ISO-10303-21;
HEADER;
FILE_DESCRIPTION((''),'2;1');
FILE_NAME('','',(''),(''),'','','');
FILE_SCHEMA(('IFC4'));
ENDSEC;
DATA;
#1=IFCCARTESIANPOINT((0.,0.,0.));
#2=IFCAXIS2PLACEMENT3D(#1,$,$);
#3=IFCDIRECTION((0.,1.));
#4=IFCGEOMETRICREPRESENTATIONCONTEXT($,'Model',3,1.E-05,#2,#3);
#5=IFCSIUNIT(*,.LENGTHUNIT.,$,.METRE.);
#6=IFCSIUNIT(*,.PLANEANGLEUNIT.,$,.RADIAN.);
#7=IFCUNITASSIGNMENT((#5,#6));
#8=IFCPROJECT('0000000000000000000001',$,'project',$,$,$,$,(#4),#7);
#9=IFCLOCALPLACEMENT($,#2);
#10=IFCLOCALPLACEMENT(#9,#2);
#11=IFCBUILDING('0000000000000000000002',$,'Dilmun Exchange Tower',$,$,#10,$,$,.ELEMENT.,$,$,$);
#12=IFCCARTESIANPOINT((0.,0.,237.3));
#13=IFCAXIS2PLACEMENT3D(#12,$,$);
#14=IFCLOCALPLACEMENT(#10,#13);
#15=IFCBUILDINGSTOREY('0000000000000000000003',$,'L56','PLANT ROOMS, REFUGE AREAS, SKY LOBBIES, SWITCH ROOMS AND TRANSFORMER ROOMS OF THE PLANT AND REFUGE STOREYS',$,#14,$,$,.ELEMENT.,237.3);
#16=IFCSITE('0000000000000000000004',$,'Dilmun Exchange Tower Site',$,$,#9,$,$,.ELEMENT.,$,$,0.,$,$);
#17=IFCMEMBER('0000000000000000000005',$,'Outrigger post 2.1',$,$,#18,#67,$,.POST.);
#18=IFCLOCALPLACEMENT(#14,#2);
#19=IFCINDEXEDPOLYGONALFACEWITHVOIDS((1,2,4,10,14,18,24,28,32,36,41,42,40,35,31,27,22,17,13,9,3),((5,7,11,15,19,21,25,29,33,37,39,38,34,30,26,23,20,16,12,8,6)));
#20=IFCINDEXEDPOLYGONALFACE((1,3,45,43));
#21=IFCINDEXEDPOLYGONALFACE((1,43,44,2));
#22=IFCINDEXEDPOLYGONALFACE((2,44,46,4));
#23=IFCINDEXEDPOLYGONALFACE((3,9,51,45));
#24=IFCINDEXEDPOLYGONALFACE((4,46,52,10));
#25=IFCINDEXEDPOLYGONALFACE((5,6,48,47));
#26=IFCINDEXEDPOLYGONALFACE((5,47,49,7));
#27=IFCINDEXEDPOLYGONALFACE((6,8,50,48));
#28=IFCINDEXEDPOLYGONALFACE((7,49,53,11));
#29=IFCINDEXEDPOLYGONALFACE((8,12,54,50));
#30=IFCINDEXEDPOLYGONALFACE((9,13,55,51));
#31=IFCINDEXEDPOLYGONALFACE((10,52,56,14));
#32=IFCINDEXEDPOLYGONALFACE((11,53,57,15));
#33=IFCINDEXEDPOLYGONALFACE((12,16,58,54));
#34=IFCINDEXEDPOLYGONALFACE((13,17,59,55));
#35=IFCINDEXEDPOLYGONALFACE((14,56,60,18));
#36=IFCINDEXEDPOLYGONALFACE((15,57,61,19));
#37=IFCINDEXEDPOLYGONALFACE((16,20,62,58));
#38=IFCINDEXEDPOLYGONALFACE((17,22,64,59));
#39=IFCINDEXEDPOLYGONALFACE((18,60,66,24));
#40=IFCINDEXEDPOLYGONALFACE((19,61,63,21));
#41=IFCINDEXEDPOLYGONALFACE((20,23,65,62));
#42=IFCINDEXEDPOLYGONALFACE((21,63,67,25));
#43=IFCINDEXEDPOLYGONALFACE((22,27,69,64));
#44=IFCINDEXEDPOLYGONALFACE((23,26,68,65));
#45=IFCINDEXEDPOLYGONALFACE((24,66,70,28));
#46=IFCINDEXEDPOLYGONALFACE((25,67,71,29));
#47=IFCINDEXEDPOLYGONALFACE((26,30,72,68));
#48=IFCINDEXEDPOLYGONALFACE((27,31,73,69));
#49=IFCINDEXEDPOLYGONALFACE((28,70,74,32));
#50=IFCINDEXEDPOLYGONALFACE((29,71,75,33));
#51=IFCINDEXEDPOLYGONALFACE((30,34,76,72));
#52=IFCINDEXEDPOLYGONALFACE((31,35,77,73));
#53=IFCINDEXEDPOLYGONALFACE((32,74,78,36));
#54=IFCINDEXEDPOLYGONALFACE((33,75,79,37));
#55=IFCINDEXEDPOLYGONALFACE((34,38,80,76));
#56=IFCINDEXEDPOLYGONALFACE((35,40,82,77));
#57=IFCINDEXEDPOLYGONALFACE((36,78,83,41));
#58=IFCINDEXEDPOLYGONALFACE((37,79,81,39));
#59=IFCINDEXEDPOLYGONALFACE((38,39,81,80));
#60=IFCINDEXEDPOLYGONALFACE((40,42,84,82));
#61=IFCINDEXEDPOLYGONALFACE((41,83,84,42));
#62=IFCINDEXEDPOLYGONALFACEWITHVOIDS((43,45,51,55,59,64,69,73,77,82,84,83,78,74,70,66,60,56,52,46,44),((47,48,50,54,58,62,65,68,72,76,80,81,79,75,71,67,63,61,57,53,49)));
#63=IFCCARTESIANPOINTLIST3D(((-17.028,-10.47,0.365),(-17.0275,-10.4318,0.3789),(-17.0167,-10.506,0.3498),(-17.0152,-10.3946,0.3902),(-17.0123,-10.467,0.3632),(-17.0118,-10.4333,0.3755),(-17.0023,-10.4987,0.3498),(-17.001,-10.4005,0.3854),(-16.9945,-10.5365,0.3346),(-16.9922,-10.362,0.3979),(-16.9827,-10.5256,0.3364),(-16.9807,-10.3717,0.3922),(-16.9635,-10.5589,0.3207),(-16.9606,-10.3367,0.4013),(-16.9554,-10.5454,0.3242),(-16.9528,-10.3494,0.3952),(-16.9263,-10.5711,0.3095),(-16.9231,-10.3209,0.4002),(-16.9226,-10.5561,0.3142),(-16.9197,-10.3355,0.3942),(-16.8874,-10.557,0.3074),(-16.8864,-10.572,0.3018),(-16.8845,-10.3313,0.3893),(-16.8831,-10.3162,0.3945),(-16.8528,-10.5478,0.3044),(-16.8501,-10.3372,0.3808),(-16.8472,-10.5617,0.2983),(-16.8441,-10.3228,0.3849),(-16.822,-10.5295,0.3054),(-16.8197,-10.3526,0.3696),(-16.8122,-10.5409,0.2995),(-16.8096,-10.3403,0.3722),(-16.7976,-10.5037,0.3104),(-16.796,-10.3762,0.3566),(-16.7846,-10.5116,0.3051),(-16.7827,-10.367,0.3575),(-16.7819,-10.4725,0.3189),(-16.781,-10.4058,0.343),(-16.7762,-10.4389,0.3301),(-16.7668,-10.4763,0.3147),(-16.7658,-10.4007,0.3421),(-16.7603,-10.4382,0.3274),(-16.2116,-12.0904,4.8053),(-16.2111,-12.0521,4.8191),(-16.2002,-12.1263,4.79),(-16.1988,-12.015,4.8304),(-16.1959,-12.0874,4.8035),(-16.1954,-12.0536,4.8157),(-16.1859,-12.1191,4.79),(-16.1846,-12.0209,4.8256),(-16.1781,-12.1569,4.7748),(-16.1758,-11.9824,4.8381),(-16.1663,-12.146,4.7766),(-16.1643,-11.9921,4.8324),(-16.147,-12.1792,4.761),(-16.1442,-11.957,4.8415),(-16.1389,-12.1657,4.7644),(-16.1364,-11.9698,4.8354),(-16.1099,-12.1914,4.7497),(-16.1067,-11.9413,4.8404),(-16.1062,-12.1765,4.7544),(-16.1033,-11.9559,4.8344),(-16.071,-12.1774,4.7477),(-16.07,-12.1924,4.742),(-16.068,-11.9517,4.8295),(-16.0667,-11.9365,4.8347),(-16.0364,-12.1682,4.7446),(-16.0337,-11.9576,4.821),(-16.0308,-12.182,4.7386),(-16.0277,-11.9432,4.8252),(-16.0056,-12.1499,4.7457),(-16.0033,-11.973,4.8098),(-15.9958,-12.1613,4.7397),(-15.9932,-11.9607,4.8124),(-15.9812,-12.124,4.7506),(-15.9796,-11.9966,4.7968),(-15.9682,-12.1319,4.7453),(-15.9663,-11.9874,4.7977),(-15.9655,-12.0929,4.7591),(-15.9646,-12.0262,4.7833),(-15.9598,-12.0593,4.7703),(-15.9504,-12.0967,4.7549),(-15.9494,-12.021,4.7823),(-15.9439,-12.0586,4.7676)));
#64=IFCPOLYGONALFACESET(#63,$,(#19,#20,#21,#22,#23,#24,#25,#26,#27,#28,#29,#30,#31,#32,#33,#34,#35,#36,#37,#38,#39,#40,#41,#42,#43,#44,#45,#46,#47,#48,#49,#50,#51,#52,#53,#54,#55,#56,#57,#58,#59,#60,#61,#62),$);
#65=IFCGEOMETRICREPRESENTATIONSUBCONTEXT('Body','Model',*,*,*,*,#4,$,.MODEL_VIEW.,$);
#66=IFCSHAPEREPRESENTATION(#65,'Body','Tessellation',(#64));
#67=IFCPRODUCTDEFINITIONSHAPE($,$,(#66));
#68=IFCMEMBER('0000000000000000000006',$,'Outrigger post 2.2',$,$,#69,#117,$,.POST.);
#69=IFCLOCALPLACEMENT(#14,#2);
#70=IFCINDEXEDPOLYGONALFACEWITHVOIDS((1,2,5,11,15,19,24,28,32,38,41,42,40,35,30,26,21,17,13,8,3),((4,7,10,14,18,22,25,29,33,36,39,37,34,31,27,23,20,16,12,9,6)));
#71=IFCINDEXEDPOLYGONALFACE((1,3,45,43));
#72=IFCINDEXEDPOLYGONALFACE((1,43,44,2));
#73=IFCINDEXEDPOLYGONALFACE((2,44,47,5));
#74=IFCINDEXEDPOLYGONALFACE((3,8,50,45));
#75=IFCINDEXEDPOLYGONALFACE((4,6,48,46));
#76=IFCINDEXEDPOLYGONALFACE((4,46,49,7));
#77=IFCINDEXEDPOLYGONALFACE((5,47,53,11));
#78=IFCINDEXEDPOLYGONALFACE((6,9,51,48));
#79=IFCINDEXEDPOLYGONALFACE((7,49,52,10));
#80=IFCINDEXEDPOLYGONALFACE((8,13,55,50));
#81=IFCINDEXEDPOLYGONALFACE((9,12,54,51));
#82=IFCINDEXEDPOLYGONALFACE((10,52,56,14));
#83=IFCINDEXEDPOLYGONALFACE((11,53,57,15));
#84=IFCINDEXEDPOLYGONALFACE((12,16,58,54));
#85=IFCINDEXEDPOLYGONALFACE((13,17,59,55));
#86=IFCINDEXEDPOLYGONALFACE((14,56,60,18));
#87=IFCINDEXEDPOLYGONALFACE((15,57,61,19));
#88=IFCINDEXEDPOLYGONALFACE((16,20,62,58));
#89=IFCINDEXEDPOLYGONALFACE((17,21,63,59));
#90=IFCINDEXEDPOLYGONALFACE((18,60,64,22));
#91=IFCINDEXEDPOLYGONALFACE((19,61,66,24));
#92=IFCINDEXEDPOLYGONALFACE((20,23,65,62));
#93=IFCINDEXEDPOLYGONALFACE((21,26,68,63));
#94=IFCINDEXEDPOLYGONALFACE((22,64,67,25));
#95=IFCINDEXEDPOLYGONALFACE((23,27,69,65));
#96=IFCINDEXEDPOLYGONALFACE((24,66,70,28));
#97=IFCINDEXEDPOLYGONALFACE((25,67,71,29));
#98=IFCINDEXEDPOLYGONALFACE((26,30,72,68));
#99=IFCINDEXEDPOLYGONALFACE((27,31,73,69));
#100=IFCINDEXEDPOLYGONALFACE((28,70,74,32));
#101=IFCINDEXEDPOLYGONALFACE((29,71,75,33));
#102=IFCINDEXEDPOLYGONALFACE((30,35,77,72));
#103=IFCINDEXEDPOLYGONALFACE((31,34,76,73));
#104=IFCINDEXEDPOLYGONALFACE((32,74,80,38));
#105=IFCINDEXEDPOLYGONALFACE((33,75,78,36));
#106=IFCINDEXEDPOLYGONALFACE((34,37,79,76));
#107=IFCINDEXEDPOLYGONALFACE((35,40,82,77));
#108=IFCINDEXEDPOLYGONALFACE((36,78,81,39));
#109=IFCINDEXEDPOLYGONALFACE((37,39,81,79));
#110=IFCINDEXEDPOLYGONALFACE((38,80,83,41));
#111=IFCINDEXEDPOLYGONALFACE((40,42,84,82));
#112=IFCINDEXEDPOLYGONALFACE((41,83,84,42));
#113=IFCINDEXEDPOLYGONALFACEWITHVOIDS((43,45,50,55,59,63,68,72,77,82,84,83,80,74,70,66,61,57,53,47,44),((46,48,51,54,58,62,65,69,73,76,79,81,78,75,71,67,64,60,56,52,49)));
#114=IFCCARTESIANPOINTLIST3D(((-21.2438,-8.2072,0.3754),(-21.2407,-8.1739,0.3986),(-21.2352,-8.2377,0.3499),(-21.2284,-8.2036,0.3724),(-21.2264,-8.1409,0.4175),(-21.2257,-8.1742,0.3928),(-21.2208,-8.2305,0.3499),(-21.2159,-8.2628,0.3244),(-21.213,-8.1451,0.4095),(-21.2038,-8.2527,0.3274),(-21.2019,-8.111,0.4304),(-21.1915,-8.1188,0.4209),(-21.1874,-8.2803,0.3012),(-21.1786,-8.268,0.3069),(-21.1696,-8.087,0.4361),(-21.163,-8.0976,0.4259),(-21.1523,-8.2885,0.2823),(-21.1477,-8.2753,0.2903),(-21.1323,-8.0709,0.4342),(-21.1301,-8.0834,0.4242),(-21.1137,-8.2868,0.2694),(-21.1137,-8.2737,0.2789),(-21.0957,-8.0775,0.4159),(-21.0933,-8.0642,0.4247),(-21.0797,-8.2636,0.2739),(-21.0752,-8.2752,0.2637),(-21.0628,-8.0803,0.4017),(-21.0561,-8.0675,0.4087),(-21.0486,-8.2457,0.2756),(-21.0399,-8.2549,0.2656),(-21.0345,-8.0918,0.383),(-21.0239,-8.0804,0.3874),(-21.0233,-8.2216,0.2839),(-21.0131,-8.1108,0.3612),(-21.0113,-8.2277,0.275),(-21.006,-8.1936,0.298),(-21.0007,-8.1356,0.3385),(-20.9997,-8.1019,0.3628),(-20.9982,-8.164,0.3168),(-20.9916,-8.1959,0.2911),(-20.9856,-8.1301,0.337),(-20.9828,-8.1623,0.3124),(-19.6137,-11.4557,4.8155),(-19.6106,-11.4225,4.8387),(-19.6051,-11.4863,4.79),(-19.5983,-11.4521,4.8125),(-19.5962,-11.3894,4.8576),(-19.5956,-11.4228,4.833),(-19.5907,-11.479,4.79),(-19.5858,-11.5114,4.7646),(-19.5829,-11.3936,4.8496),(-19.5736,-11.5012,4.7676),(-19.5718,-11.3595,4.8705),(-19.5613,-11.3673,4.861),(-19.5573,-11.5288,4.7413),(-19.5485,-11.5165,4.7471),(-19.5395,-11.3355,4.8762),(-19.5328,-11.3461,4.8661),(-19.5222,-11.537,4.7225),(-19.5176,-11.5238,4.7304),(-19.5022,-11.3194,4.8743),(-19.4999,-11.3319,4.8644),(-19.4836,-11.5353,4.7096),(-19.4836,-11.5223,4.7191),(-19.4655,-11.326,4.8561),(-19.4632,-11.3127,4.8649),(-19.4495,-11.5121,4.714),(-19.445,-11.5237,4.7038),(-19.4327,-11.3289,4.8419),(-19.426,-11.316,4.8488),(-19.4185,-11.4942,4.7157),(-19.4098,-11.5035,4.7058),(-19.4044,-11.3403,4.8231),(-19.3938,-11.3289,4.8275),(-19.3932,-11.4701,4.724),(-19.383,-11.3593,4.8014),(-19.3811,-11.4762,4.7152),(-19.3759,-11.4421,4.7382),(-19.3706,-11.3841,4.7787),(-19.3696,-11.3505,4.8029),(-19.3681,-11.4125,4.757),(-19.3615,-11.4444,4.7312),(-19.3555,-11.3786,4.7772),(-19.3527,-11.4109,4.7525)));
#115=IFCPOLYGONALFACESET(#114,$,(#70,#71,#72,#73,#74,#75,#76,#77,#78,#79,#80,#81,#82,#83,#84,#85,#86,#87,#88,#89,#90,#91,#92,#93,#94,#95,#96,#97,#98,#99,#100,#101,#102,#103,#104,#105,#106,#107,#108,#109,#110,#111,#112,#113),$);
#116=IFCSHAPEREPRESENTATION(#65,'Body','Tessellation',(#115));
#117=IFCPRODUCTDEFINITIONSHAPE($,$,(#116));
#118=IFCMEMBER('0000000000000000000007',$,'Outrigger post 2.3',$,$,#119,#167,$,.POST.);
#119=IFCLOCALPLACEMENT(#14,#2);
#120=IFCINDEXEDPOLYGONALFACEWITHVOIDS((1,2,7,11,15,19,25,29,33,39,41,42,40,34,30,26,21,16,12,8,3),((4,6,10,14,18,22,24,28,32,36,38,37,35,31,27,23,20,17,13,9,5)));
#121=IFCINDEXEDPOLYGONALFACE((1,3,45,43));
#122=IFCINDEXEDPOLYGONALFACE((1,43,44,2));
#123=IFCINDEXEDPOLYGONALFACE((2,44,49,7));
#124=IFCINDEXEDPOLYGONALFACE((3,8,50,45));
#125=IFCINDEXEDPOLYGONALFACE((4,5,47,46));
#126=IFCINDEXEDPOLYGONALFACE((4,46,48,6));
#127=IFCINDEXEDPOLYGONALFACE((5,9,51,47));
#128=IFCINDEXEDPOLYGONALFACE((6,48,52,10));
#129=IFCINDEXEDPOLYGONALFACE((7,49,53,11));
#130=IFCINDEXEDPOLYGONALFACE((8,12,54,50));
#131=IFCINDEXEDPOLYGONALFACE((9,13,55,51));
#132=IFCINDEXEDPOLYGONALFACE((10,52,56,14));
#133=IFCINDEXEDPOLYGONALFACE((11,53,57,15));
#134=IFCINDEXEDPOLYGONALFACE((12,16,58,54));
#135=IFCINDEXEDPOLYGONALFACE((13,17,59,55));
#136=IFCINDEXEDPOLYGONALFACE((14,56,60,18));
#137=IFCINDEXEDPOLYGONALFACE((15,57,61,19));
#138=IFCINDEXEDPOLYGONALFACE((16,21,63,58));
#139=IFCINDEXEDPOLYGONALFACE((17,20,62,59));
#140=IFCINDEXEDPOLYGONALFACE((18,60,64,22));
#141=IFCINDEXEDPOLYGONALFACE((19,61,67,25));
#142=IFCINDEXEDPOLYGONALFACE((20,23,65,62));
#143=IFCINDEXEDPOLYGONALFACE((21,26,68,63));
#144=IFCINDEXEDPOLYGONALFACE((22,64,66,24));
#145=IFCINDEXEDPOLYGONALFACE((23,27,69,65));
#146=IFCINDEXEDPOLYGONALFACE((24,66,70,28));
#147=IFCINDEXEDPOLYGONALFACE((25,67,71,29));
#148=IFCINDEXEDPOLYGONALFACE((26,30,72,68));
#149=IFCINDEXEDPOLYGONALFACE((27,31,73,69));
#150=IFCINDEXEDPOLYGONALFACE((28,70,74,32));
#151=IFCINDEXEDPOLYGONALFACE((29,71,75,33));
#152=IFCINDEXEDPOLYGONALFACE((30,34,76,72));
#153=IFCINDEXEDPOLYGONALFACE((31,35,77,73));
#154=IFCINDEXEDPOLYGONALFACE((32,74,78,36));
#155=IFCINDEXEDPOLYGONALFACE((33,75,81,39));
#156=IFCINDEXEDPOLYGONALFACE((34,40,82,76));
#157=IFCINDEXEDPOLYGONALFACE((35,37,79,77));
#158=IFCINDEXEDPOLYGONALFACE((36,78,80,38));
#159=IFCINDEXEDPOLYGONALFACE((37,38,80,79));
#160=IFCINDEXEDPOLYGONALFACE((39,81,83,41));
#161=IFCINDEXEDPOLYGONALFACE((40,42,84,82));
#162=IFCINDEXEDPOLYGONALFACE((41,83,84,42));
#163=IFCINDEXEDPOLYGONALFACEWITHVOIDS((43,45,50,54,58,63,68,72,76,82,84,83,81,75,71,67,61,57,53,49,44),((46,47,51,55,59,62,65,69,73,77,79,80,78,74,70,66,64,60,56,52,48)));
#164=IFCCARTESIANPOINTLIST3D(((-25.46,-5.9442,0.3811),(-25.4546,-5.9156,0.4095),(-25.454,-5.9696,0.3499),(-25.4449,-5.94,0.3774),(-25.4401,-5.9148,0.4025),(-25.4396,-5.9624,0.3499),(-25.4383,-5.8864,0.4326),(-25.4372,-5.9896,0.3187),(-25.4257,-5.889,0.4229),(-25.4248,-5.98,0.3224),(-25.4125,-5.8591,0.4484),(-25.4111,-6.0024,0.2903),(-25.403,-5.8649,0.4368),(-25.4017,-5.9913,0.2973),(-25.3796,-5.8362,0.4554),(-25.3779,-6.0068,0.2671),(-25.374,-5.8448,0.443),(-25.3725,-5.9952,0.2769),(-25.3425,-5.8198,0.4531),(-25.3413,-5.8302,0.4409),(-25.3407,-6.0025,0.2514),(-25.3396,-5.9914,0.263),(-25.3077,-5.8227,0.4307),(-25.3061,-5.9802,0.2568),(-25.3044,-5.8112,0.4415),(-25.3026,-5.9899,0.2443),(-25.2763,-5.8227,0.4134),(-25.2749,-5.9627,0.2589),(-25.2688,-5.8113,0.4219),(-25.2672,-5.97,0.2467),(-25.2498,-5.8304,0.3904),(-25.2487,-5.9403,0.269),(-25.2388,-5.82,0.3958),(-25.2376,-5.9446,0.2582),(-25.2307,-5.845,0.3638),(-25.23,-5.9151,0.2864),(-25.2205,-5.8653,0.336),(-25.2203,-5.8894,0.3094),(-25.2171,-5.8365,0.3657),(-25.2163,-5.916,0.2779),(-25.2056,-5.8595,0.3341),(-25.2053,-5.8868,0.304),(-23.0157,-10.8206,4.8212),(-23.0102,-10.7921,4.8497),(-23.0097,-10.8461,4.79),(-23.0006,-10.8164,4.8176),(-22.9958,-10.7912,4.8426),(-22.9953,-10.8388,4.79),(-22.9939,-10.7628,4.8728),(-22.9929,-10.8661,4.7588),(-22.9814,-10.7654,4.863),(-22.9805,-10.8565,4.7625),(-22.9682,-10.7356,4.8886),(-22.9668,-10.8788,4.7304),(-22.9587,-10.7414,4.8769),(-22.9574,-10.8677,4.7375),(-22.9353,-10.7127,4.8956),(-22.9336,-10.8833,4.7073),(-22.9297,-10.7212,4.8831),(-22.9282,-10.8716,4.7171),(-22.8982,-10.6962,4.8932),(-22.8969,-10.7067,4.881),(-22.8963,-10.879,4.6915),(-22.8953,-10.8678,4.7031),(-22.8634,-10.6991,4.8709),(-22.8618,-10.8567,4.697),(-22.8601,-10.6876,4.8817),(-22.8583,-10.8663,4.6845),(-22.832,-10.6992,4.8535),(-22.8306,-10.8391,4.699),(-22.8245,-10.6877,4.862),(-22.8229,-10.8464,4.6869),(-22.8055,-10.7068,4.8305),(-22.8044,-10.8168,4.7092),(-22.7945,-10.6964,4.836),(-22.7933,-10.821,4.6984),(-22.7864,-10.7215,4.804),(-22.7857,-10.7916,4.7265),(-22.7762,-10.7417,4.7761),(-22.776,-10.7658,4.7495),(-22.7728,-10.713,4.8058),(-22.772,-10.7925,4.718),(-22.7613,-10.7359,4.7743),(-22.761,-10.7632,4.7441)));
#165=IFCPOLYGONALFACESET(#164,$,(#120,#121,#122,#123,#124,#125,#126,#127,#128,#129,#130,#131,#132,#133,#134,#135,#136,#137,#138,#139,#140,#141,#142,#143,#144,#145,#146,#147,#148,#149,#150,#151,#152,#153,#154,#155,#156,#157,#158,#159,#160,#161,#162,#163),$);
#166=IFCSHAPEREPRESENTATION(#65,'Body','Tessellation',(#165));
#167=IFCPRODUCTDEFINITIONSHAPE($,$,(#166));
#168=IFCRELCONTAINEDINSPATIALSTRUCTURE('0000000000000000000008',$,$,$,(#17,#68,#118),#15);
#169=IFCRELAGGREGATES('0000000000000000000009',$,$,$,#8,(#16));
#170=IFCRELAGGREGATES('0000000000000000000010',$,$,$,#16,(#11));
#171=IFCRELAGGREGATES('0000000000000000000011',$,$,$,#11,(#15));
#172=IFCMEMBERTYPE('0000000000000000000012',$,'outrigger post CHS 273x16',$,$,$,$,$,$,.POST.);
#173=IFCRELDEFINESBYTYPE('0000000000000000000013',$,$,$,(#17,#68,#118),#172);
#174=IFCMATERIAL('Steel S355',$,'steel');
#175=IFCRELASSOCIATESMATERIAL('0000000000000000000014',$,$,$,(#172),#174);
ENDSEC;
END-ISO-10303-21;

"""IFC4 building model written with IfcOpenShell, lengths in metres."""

from ifc_helpers import new_model, si_unit, direction, frame, origin, origin_2d, place, context, subcontext, project, spatial, hollow_circle, extrude, material, material_profile, profile_set, type_object, element, save


model = new_model("IFC4")

# Units and contexts
model_context = context("Model", 3, precision=1e-05, world=origin(), true_north=direction((0.0, 1.0)))
body_context = subcontext(model_context, "Body", "Model", "MODEL_VIEW")
ifc_project = project(units=[si_unit("LENGTHUNIT", "METRE"), si_unit("PLANEANGLEUNIT", "RADIAN")], contexts=[model_context])

# Site, building, storey
site_placement = place(None, origin())
site = spatial("IfcSite", under=ifc_project, at=site_placement, Name="Dilmun Exchange Tower Site", CompositionType="ELEMENT", RefElevation=0.0)
building_placement = place(site_placement, origin())
building = spatial("IfcBuilding", under=site, at=building_placement, Name="Dilmun Exchange Tower", CompositionType="ELEMENT")
storey_placement = place(building_placement, frame((0.0, 0.0, 237.3)))
storey = spatial("IfcBuildingStorey", under=building, at=storey_placement, Name="L56", Description="PLANT ROOMS, REFUGE AREAS, SKY LOBBIES, SWITCH ROOMS AND TRANSFORMER ROOMS OF THE PLANT AND REFUGE STOREYS", CompositionType="ELEMENT", Elevation=237.3)

# Members
ifc_material_1 = material(Name="Steel S355", Category="steel")
ifc_material_profile_1 = material_profile(ifc_material_1, hollow_circle(Radius=0.1365, WallThickness=0.0161, at=origin_2d()), Name="CHS 273x16")
ifc_profile_set_1 = profile_set([ifc_material_profile_1], Name="Steel S355")
member_type_1 = type_object("IfcMemberType", Name="outrigger post CHS 273x16", PredefinedType="POST", material=ifc_profile_set_1)
member_1_placement = place(storey_placement, frame((-16.0784, -12.0649, 4.79), z_axis=(-0.170205, 0.337815, -0.925695), x_axis=(-0.893051, -0.449956, 0.0)))
element("IfcMember", 1, at=member_1_placement, inside=storey, type_object=member_type_1, Name="Outrigger post 2.1", PredefinedType="POST", context=body_context, shape_type="SweptSolid", body=[
    extrude(hollow_circle(Radius=0.1365, WallThickness=0.0161, at=origin_2d()), origin(), (0.0, 0.0, 1.0), 4.7966),
])
member_2_placement = place(storey_placement, frame((-19.4832, -11.425, 4.79), z_axis=(-0.284089, 0.566136, -0.773811), x_axis=(-0.893781, -0.448503, 0.0)))
element("IfcMember", 2, at=member_2_placement, inside=storey, type_object=member_type_1, Name="Outrigger post 2.2", PredefinedType="POST", context=body_context, shape_type="SweptSolid", body=[
    extrude(hollow_circle(Radius=0.1365, WallThickness=0.0161, at=origin_2d()), origin(), (0.0, 0.0, 1.0), 5.738),
])
member_3_placement = place(storey_placement, frame((-22.8877, -10.7849, 4.79), z_axis=(-0.347528, 0.693321, -0.631292), x_axis=(-0.893979, -0.448109, 0.0)))
element("IfcMember", 3, at=member_3_placement, inside=storey, type_object=member_type_1, Name="Outrigger post 2.3", PredefinedType="POST", context=body_context, shape_type="SweptSolid", body=[
    extrude(hollow_circle(Radius=0.1365, WallThickness=0.0161, at=origin_2d()), origin(), (0.0, 0.0, 1.0), 7.0334),
])

save(model, "model.ifc")
